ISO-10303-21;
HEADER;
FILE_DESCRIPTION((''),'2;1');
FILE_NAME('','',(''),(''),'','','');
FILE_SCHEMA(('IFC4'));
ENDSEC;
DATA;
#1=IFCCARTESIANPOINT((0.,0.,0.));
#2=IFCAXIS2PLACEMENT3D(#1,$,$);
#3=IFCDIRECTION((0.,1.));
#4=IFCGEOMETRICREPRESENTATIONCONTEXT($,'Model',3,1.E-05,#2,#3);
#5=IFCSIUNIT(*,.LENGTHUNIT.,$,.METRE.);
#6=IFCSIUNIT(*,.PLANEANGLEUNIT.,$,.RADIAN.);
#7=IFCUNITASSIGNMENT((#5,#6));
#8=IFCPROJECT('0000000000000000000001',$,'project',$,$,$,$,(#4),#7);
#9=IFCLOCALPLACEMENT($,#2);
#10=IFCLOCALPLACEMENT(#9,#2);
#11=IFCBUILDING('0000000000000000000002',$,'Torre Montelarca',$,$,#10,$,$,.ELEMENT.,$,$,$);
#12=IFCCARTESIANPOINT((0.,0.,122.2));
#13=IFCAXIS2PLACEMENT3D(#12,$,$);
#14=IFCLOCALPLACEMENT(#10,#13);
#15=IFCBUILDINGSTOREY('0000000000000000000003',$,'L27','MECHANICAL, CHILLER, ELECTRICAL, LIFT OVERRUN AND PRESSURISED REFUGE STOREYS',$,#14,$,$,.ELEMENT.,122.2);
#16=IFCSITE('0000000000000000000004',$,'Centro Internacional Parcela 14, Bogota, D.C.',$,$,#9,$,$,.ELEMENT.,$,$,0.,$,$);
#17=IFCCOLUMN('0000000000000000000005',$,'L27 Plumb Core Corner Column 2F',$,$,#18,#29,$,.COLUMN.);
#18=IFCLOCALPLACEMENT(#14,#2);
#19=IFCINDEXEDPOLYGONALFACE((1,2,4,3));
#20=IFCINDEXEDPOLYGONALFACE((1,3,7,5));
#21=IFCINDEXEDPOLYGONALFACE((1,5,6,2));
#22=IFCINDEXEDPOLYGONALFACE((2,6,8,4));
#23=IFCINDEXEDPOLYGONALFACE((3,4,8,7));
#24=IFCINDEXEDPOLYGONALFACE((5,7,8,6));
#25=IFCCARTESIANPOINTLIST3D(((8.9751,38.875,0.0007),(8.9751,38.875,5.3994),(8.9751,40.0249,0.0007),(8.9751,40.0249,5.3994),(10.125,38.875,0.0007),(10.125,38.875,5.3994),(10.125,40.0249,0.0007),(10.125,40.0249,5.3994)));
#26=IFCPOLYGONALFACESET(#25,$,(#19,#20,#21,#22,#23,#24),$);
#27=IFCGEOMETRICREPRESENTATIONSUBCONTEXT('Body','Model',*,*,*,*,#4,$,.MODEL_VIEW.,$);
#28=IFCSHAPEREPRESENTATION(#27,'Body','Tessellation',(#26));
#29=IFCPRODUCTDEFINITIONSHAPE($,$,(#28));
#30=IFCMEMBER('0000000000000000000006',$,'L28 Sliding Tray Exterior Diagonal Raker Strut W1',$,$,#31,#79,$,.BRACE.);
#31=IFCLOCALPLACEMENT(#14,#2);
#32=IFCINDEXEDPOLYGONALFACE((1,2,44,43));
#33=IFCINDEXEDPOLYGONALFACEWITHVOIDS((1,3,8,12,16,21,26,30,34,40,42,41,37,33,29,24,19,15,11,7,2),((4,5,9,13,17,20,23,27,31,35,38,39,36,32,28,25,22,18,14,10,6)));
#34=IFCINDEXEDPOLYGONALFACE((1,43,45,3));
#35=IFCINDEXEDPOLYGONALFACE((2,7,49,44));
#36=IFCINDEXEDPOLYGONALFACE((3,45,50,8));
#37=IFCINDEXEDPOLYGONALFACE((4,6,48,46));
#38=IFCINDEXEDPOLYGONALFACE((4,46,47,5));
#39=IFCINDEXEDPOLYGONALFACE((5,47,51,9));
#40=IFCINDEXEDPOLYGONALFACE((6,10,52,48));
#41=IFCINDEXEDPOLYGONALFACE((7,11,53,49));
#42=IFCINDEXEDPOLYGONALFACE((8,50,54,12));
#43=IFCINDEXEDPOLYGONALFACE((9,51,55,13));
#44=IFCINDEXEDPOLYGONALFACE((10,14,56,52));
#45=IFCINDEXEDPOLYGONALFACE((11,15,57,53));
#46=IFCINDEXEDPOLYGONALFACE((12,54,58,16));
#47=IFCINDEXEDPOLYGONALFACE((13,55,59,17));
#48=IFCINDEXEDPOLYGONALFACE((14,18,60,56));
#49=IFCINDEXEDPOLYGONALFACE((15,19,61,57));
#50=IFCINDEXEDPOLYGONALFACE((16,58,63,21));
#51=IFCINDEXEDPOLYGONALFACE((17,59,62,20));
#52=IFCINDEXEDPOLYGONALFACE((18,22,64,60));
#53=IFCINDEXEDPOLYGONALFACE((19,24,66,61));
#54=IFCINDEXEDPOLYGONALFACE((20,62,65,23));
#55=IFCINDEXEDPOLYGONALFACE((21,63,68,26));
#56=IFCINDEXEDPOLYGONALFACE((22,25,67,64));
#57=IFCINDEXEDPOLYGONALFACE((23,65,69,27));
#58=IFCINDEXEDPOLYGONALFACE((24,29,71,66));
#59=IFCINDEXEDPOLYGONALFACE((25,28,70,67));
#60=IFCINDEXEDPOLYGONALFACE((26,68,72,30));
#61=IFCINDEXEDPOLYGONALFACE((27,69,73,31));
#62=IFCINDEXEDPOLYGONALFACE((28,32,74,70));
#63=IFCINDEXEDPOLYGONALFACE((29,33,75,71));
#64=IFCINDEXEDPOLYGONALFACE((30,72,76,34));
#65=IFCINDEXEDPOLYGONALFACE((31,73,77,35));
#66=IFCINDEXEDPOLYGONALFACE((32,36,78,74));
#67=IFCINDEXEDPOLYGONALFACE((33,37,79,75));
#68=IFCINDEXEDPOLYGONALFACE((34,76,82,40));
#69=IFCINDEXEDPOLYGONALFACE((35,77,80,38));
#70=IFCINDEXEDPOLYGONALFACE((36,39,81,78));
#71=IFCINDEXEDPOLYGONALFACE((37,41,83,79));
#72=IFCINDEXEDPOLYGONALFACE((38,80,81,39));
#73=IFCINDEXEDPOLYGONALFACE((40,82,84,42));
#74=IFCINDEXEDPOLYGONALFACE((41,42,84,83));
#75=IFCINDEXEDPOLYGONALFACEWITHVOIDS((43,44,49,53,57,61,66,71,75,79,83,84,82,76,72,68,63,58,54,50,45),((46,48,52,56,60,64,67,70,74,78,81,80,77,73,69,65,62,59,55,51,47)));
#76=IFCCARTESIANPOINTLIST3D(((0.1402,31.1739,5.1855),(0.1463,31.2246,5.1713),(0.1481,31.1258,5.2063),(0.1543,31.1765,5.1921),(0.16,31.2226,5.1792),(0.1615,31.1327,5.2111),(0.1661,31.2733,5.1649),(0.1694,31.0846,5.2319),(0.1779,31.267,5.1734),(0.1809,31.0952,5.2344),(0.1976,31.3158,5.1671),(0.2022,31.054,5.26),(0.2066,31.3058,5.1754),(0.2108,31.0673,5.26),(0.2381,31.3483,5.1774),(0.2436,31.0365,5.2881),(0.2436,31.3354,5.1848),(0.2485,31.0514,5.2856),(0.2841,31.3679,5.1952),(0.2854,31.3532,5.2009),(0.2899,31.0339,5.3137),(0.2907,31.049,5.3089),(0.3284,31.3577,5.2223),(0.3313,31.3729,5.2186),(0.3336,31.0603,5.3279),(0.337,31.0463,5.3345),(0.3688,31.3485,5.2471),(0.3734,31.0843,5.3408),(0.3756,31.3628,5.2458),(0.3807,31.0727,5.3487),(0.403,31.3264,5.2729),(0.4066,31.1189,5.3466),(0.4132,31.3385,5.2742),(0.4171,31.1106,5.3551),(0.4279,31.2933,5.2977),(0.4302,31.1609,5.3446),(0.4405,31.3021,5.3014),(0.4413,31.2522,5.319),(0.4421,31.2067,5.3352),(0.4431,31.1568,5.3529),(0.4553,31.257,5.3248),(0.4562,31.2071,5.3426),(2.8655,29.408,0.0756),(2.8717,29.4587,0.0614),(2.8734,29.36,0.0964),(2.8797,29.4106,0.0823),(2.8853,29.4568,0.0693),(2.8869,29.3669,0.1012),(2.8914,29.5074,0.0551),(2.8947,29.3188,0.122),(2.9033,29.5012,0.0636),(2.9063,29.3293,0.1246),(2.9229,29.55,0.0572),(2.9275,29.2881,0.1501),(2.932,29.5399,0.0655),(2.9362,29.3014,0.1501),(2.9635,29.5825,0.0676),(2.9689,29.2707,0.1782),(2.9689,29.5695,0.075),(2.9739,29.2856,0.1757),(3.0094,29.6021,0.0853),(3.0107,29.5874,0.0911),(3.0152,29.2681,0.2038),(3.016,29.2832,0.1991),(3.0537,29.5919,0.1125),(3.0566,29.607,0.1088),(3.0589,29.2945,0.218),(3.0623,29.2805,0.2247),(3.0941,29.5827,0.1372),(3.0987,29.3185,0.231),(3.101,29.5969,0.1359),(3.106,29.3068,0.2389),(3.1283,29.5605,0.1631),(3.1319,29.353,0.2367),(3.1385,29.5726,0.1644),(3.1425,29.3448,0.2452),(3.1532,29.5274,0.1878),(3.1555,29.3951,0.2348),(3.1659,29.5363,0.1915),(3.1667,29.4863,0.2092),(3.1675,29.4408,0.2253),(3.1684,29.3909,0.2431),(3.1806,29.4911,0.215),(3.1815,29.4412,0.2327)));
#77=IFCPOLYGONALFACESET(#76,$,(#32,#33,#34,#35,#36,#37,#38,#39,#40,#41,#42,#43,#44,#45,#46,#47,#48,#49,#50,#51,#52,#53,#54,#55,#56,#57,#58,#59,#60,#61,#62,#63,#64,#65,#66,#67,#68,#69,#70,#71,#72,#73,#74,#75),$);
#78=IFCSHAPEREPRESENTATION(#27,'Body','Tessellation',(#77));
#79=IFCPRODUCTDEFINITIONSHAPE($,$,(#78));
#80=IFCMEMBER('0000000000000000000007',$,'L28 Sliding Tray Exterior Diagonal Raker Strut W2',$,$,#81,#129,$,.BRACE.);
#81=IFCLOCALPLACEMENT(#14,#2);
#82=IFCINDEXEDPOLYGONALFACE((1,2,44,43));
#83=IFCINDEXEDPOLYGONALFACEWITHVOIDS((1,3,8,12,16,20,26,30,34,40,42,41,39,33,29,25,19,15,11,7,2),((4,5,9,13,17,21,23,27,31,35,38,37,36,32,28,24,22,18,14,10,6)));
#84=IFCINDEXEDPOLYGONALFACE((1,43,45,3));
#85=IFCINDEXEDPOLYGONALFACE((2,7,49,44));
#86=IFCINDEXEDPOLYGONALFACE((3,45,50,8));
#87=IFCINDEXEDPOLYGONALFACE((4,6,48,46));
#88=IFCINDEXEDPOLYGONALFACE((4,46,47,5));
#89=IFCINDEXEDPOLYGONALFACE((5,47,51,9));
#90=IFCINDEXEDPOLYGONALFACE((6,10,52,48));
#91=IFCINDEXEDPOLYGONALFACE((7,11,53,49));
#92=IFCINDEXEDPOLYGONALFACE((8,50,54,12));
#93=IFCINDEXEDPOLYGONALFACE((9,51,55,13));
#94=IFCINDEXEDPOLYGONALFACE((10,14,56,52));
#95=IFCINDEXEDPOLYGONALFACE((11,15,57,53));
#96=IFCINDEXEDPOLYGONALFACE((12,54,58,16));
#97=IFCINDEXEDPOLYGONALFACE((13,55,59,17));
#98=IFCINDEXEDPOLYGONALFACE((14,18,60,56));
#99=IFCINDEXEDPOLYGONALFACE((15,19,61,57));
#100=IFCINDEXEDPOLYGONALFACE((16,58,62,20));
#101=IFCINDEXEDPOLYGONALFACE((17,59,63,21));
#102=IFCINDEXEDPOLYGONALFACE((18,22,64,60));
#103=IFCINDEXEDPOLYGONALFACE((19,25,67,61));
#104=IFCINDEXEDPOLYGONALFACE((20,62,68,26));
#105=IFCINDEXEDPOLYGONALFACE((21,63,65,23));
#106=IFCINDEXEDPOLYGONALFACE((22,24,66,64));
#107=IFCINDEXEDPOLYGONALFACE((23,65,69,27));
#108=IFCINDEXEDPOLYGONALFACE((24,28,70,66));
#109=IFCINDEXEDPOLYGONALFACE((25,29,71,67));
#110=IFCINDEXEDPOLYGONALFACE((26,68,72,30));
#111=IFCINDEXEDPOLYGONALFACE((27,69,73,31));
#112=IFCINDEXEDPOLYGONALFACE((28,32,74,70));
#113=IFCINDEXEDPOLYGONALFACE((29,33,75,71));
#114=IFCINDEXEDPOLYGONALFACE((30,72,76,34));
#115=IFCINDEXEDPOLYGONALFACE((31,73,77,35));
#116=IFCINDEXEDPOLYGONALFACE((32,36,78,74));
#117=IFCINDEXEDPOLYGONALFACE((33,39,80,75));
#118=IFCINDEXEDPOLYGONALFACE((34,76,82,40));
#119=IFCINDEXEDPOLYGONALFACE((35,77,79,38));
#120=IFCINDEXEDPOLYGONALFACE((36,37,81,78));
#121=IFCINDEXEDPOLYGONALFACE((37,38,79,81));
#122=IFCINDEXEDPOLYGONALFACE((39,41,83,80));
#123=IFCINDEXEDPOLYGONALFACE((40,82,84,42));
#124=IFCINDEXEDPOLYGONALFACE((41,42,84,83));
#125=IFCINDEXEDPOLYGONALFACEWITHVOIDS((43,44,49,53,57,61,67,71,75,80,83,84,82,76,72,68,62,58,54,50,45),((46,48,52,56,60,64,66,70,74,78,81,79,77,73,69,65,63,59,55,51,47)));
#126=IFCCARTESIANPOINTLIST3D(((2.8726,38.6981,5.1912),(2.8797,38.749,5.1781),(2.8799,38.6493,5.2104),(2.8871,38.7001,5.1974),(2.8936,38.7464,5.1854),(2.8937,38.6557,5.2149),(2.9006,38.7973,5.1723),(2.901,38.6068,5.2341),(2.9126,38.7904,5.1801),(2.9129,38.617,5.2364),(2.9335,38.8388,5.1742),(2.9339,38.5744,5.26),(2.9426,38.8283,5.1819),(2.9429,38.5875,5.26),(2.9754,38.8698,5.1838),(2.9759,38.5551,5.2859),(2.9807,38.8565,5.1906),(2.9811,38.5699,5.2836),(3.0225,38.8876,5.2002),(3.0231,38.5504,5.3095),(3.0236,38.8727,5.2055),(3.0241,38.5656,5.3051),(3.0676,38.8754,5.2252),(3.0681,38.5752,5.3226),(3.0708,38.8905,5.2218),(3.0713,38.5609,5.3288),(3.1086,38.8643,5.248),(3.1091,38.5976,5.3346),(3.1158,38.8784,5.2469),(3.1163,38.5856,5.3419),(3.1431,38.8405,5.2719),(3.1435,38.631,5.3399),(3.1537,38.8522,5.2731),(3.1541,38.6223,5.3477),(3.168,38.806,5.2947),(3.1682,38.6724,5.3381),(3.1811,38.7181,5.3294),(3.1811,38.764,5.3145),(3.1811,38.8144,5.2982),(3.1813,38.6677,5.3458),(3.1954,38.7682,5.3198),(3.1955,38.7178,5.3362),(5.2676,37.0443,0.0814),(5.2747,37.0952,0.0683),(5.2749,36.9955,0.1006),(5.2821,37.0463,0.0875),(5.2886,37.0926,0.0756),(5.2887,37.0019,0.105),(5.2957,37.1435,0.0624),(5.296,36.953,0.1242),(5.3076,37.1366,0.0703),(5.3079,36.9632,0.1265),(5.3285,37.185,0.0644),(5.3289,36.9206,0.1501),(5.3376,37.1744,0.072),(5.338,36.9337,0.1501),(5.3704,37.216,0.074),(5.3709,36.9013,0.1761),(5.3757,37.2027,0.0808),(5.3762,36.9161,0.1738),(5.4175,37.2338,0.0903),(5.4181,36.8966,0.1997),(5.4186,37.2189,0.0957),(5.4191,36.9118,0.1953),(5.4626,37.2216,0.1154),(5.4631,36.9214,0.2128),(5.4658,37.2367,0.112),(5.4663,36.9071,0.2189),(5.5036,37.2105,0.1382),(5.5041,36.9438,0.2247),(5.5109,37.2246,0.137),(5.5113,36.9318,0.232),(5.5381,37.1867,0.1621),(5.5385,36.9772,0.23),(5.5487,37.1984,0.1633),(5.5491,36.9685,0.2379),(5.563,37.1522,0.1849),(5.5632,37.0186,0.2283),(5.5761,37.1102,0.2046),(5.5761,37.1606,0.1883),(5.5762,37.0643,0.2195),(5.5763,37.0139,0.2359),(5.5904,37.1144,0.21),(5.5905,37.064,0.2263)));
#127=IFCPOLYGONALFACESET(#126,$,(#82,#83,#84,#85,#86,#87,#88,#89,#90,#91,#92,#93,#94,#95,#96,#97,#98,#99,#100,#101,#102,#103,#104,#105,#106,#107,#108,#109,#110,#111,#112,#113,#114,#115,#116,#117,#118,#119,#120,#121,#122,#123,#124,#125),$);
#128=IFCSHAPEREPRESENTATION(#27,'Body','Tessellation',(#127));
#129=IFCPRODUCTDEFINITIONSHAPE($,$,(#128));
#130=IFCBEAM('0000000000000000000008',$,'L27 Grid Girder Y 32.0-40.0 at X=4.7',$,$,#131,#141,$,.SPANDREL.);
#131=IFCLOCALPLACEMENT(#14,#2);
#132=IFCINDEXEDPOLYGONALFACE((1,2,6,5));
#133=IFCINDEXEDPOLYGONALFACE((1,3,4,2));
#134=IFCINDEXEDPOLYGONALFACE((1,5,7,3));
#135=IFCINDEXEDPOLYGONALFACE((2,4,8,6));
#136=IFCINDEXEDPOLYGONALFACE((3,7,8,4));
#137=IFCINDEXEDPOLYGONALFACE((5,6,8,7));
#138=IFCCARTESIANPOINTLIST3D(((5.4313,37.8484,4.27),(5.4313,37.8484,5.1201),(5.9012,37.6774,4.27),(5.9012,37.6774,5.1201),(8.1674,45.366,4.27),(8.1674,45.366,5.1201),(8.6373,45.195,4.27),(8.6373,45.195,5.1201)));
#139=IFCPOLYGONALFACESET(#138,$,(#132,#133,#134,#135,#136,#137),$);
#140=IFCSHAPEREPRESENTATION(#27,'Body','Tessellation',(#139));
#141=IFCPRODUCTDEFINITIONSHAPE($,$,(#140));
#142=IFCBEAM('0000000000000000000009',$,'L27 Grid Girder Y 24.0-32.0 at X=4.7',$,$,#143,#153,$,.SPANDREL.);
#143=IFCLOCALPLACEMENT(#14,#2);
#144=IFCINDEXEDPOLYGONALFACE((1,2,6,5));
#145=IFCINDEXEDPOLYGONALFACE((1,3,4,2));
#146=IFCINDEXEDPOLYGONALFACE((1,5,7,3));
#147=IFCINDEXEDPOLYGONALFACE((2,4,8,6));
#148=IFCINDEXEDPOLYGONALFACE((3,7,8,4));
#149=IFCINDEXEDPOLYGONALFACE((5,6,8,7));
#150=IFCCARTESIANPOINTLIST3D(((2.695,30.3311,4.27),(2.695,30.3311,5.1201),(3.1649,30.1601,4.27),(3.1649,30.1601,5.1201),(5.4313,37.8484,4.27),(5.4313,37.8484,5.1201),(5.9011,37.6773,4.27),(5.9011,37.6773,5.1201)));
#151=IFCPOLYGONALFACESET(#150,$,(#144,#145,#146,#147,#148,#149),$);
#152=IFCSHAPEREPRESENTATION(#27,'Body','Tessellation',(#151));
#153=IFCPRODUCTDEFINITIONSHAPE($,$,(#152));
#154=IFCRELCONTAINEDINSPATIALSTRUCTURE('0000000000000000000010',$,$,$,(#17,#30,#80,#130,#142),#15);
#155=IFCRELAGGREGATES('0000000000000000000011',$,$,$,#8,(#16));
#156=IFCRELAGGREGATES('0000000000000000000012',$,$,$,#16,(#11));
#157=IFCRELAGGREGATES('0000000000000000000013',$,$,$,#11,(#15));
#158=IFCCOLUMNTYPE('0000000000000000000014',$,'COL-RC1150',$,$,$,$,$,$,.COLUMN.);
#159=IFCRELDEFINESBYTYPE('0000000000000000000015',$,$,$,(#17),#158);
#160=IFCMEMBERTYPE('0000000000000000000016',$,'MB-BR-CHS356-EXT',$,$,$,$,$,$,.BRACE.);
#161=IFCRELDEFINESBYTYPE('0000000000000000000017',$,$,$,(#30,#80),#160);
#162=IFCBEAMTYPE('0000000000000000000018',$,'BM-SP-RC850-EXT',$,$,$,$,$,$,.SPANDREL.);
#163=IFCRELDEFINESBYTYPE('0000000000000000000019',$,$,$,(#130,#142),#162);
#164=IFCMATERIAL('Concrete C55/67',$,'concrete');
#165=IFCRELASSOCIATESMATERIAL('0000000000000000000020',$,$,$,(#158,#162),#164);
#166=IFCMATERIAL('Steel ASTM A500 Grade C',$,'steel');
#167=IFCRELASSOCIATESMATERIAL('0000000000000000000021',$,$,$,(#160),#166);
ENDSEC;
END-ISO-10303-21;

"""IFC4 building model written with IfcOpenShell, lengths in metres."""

from ifc_helpers import new_model, si_unit, direction, frame, origin, origin_2d, place, context, subcontext, project, spatial, rectangle, hollow_circle, extrude, source, transform, mapped, material, material_profile, profile_set, type_object, element, save


model = new_model("IFC4")

# Units and contexts
model_context = context("Model", 3, precision=1e-05, world=origin(), true_north=direction((0.0, 1.0)))
body_context = subcontext(model_context, "Body", "Model", "MODEL_VIEW")
ifc_project = project(units=[si_unit("LENGTHUNIT", "METRE"), si_unit("PLANEANGLEUNIT", "RADIAN")], contexts=[model_context])

# Site, building, storey
site_placement = place(None, origin())
site = spatial("IfcSite", under=ifc_project, at=site_placement, Name="Centro Internacional Parcela 14, Bogota, D.C.", CompositionType="ELEMENT", RefElevation=0.0)
building_placement = place(site_placement, origin())
building = spatial("IfcBuilding", under=site, at=building_placement, Name="Torre Montelarca", CompositionType="ELEMENT")
storey_placement = place(building_placement, frame((0.0, 0.0, 122.2)))
storey = spatial("IfcBuildingStorey", under=building, at=storey_placement, Name="L27", Description="MECHANICAL, CHILLER, ELECTRICAL, LIFT OVERRUN AND PRESSURISED REFUGE STOREYS", CompositionType="ELEMENT", Elevation=122.2)

# Column
ifc_material_1 = material(Name="Concrete C55/67", Category="concrete")
ifc_material_profile_1 = material_profile(ifc_material_1, rectangle(XDim=1.1499, YDim=1.1499, at=origin_2d()), Name="RC1150X1150", Category="concrete")
ifc_profile_set_1 = profile_set([ifc_material_profile_1], Name="Concrete C55/67")
column_type_1 = type_object("IfcColumnType", Name="COL-RC1150", PredefinedType="COLUMN", material=ifc_profile_set_1)
shared_shape_1 = source(origin(), body_context, "Body", "SweptSolid", [
    extrude(rectangle(XDim=1.1499, YDim=1.1499, at=origin_2d()), origin(), (0.0, 0.0, 1.0), 5.3987),
])
column_1_placement = place(storey_placement, frame((9.55, 39.45, 0.0007), z_axis=(0.0, 0.0, 1.0), x_axis=(1.0, 0.0, 0.0)))
element("IfcColumn", 1, at=column_1_placement, inside=storey, type_object=column_type_1, Name="L27 Plumb Core Corner Column 2F", PredefinedType="COLUMN", context=body_context, shape_type="MappedRepresentation", body=[
    mapped(shared_shape_1, transform((0.0, 0.0, 0.0), scale=1.0)),
])

# Members
ifc_material_2 = material(Name="Steel ASTM A500 Grade C", Category="steel")
ifc_material_profile_2 = material_profile(ifc_material_2, hollow_circle(Radius=0.1777, WallThickness=0.0159, at=origin_2d()), Name="HSS355.6X15.9", Category="steel")
ifc_profile_set_2 = profile_set([ifc_material_profile_2], Name="Steel ASTM A500 Grade C")
member_type_1 = type_object("IfcMemberType", Name="MB-BR-CHS356-EXT", PredefinedType="BRACE", material=ifc_profile_set_2)
shared_shape_2 = source(origin(), body_context, "Body", "SweptSolid", [
    extrude(hollow_circle(Radius=0.1777, WallThickness=0.0159, at=origin_2d()), origin(), (0.0, 0.0, 1.0), 6.0544),
])
member_1_placement = place(storey_placement, frame((3.0242, 29.4373, 0.1501), z_axis=(-0.450138, 0.291664, 0.843983), x_axis=(-0.543775, -0.839231, 0.0)))
element("IfcMember", 2, at=member_1_placement, inside=storey, type_object=member_type_1, Name="L28 Sliding Tray Exterior Diagonal Raker Strut W1", PredefinedType="BRACE", context=body_context, shape_type="MappedRepresentation", body=[
    mapped(shared_shape_2, transform((0.0, 0.0, 0.0), scale=1.0)),
])
shared_shape_3 = source(origin(), body_context, "Body", "SweptSolid", [
    extrude(hollow_circle(Radius=0.1777, WallThickness=0.0159, at=origin_2d()), origin(), (0.0, 0.0, 1.0), 5.8806),
])
member_2_placement = place(storey_placement, frame((5.4299, 37.0669, 0.1501), z_axis=(-0.407272, 0.281229, 0.86893), x_axis=(-0.568215, -0.82288, 0.0)))
element("IfcMember", 3, at=member_2_placement, inside=storey, type_object=member_type_1, Name="L28 Sliding Tray Exterior Diagonal Raker Strut W2", PredefinedType="BRACE", context=body_context, shape_type="MappedRepresentation", body=[
    mapped(shared_shape_3, transform((0.0, 0.0, 0.0), scale=1.0)),
])

# Beams
ifc_material_profile_3 = material_profile(ifc_material_1, rectangle(XDim=0.5, YDim=0.8501, at=origin_2d()), Name="RCB500X850", Category="concrete")
ifc_profile_set_3 = profile_set([ifc_material_profile_3], Name="Concrete C55/67")
beam_type = type_object("IfcBeamType", Name="BM-SP-RC850-EXT", PredefinedType="SPANDREL", material=ifc_profile_set_3)
shared_shape_4 = source(origin(), body_context, "Body", "SweptSolid", [
    extrude(rectangle(XDim=0.5, YDim=0.8501, at=origin_2d()), origin(), (0.0, 0.0, 1.0), 8.0),
])
beam_1_placement = place(storey_placement, frame((5.6663, 37.7629, 4.6951), z_axis=(0.34201, 0.939696, 0.0), x_axis=(-0.939696, 0.34201, 0.0)))
element("IfcBeam", 4, at=beam_1_placement, inside=storey, type_object=beam_type, Name="L27 Grid Girder Y 32.0-40.0 at X=4.7", PredefinedType="SPANDREL", context=body_context, shape_type="MappedRepresentation", body=[
    mapped(shared_shape_4, transform((0.0, 0.0, 0.0), scale=1.0)),
])
shared_shape_5 = source(origin(), body_context, "Body", "SweptSolid", [
    extrude(rectangle(XDim=0.5, YDim=0.8501, at=origin_2d()), origin(), (0.0, 0.0, 1.0), 7.9998),
])
beam_2_placement = place(storey_placement, frame((2.9299, 30.2456, 4.6951), z_axis=(0.342047, 0.939683, 0.0), x_axis=(-0.939683, 0.342047, 0.0)))
element("IfcBeam", 5, at=beam_2_placement, inside=storey, type_object=beam_type, Name="L27 Grid Girder Y 24.0-32.0 at X=4.7", PredefinedType="SPANDREL", context=body_context, shape_type="MappedRepresentation", body=[
    mapped(shared_shape_5, transform((0.0, 0.0, 0.0), scale=1.0)),
])

save(model, "model.ifc")
